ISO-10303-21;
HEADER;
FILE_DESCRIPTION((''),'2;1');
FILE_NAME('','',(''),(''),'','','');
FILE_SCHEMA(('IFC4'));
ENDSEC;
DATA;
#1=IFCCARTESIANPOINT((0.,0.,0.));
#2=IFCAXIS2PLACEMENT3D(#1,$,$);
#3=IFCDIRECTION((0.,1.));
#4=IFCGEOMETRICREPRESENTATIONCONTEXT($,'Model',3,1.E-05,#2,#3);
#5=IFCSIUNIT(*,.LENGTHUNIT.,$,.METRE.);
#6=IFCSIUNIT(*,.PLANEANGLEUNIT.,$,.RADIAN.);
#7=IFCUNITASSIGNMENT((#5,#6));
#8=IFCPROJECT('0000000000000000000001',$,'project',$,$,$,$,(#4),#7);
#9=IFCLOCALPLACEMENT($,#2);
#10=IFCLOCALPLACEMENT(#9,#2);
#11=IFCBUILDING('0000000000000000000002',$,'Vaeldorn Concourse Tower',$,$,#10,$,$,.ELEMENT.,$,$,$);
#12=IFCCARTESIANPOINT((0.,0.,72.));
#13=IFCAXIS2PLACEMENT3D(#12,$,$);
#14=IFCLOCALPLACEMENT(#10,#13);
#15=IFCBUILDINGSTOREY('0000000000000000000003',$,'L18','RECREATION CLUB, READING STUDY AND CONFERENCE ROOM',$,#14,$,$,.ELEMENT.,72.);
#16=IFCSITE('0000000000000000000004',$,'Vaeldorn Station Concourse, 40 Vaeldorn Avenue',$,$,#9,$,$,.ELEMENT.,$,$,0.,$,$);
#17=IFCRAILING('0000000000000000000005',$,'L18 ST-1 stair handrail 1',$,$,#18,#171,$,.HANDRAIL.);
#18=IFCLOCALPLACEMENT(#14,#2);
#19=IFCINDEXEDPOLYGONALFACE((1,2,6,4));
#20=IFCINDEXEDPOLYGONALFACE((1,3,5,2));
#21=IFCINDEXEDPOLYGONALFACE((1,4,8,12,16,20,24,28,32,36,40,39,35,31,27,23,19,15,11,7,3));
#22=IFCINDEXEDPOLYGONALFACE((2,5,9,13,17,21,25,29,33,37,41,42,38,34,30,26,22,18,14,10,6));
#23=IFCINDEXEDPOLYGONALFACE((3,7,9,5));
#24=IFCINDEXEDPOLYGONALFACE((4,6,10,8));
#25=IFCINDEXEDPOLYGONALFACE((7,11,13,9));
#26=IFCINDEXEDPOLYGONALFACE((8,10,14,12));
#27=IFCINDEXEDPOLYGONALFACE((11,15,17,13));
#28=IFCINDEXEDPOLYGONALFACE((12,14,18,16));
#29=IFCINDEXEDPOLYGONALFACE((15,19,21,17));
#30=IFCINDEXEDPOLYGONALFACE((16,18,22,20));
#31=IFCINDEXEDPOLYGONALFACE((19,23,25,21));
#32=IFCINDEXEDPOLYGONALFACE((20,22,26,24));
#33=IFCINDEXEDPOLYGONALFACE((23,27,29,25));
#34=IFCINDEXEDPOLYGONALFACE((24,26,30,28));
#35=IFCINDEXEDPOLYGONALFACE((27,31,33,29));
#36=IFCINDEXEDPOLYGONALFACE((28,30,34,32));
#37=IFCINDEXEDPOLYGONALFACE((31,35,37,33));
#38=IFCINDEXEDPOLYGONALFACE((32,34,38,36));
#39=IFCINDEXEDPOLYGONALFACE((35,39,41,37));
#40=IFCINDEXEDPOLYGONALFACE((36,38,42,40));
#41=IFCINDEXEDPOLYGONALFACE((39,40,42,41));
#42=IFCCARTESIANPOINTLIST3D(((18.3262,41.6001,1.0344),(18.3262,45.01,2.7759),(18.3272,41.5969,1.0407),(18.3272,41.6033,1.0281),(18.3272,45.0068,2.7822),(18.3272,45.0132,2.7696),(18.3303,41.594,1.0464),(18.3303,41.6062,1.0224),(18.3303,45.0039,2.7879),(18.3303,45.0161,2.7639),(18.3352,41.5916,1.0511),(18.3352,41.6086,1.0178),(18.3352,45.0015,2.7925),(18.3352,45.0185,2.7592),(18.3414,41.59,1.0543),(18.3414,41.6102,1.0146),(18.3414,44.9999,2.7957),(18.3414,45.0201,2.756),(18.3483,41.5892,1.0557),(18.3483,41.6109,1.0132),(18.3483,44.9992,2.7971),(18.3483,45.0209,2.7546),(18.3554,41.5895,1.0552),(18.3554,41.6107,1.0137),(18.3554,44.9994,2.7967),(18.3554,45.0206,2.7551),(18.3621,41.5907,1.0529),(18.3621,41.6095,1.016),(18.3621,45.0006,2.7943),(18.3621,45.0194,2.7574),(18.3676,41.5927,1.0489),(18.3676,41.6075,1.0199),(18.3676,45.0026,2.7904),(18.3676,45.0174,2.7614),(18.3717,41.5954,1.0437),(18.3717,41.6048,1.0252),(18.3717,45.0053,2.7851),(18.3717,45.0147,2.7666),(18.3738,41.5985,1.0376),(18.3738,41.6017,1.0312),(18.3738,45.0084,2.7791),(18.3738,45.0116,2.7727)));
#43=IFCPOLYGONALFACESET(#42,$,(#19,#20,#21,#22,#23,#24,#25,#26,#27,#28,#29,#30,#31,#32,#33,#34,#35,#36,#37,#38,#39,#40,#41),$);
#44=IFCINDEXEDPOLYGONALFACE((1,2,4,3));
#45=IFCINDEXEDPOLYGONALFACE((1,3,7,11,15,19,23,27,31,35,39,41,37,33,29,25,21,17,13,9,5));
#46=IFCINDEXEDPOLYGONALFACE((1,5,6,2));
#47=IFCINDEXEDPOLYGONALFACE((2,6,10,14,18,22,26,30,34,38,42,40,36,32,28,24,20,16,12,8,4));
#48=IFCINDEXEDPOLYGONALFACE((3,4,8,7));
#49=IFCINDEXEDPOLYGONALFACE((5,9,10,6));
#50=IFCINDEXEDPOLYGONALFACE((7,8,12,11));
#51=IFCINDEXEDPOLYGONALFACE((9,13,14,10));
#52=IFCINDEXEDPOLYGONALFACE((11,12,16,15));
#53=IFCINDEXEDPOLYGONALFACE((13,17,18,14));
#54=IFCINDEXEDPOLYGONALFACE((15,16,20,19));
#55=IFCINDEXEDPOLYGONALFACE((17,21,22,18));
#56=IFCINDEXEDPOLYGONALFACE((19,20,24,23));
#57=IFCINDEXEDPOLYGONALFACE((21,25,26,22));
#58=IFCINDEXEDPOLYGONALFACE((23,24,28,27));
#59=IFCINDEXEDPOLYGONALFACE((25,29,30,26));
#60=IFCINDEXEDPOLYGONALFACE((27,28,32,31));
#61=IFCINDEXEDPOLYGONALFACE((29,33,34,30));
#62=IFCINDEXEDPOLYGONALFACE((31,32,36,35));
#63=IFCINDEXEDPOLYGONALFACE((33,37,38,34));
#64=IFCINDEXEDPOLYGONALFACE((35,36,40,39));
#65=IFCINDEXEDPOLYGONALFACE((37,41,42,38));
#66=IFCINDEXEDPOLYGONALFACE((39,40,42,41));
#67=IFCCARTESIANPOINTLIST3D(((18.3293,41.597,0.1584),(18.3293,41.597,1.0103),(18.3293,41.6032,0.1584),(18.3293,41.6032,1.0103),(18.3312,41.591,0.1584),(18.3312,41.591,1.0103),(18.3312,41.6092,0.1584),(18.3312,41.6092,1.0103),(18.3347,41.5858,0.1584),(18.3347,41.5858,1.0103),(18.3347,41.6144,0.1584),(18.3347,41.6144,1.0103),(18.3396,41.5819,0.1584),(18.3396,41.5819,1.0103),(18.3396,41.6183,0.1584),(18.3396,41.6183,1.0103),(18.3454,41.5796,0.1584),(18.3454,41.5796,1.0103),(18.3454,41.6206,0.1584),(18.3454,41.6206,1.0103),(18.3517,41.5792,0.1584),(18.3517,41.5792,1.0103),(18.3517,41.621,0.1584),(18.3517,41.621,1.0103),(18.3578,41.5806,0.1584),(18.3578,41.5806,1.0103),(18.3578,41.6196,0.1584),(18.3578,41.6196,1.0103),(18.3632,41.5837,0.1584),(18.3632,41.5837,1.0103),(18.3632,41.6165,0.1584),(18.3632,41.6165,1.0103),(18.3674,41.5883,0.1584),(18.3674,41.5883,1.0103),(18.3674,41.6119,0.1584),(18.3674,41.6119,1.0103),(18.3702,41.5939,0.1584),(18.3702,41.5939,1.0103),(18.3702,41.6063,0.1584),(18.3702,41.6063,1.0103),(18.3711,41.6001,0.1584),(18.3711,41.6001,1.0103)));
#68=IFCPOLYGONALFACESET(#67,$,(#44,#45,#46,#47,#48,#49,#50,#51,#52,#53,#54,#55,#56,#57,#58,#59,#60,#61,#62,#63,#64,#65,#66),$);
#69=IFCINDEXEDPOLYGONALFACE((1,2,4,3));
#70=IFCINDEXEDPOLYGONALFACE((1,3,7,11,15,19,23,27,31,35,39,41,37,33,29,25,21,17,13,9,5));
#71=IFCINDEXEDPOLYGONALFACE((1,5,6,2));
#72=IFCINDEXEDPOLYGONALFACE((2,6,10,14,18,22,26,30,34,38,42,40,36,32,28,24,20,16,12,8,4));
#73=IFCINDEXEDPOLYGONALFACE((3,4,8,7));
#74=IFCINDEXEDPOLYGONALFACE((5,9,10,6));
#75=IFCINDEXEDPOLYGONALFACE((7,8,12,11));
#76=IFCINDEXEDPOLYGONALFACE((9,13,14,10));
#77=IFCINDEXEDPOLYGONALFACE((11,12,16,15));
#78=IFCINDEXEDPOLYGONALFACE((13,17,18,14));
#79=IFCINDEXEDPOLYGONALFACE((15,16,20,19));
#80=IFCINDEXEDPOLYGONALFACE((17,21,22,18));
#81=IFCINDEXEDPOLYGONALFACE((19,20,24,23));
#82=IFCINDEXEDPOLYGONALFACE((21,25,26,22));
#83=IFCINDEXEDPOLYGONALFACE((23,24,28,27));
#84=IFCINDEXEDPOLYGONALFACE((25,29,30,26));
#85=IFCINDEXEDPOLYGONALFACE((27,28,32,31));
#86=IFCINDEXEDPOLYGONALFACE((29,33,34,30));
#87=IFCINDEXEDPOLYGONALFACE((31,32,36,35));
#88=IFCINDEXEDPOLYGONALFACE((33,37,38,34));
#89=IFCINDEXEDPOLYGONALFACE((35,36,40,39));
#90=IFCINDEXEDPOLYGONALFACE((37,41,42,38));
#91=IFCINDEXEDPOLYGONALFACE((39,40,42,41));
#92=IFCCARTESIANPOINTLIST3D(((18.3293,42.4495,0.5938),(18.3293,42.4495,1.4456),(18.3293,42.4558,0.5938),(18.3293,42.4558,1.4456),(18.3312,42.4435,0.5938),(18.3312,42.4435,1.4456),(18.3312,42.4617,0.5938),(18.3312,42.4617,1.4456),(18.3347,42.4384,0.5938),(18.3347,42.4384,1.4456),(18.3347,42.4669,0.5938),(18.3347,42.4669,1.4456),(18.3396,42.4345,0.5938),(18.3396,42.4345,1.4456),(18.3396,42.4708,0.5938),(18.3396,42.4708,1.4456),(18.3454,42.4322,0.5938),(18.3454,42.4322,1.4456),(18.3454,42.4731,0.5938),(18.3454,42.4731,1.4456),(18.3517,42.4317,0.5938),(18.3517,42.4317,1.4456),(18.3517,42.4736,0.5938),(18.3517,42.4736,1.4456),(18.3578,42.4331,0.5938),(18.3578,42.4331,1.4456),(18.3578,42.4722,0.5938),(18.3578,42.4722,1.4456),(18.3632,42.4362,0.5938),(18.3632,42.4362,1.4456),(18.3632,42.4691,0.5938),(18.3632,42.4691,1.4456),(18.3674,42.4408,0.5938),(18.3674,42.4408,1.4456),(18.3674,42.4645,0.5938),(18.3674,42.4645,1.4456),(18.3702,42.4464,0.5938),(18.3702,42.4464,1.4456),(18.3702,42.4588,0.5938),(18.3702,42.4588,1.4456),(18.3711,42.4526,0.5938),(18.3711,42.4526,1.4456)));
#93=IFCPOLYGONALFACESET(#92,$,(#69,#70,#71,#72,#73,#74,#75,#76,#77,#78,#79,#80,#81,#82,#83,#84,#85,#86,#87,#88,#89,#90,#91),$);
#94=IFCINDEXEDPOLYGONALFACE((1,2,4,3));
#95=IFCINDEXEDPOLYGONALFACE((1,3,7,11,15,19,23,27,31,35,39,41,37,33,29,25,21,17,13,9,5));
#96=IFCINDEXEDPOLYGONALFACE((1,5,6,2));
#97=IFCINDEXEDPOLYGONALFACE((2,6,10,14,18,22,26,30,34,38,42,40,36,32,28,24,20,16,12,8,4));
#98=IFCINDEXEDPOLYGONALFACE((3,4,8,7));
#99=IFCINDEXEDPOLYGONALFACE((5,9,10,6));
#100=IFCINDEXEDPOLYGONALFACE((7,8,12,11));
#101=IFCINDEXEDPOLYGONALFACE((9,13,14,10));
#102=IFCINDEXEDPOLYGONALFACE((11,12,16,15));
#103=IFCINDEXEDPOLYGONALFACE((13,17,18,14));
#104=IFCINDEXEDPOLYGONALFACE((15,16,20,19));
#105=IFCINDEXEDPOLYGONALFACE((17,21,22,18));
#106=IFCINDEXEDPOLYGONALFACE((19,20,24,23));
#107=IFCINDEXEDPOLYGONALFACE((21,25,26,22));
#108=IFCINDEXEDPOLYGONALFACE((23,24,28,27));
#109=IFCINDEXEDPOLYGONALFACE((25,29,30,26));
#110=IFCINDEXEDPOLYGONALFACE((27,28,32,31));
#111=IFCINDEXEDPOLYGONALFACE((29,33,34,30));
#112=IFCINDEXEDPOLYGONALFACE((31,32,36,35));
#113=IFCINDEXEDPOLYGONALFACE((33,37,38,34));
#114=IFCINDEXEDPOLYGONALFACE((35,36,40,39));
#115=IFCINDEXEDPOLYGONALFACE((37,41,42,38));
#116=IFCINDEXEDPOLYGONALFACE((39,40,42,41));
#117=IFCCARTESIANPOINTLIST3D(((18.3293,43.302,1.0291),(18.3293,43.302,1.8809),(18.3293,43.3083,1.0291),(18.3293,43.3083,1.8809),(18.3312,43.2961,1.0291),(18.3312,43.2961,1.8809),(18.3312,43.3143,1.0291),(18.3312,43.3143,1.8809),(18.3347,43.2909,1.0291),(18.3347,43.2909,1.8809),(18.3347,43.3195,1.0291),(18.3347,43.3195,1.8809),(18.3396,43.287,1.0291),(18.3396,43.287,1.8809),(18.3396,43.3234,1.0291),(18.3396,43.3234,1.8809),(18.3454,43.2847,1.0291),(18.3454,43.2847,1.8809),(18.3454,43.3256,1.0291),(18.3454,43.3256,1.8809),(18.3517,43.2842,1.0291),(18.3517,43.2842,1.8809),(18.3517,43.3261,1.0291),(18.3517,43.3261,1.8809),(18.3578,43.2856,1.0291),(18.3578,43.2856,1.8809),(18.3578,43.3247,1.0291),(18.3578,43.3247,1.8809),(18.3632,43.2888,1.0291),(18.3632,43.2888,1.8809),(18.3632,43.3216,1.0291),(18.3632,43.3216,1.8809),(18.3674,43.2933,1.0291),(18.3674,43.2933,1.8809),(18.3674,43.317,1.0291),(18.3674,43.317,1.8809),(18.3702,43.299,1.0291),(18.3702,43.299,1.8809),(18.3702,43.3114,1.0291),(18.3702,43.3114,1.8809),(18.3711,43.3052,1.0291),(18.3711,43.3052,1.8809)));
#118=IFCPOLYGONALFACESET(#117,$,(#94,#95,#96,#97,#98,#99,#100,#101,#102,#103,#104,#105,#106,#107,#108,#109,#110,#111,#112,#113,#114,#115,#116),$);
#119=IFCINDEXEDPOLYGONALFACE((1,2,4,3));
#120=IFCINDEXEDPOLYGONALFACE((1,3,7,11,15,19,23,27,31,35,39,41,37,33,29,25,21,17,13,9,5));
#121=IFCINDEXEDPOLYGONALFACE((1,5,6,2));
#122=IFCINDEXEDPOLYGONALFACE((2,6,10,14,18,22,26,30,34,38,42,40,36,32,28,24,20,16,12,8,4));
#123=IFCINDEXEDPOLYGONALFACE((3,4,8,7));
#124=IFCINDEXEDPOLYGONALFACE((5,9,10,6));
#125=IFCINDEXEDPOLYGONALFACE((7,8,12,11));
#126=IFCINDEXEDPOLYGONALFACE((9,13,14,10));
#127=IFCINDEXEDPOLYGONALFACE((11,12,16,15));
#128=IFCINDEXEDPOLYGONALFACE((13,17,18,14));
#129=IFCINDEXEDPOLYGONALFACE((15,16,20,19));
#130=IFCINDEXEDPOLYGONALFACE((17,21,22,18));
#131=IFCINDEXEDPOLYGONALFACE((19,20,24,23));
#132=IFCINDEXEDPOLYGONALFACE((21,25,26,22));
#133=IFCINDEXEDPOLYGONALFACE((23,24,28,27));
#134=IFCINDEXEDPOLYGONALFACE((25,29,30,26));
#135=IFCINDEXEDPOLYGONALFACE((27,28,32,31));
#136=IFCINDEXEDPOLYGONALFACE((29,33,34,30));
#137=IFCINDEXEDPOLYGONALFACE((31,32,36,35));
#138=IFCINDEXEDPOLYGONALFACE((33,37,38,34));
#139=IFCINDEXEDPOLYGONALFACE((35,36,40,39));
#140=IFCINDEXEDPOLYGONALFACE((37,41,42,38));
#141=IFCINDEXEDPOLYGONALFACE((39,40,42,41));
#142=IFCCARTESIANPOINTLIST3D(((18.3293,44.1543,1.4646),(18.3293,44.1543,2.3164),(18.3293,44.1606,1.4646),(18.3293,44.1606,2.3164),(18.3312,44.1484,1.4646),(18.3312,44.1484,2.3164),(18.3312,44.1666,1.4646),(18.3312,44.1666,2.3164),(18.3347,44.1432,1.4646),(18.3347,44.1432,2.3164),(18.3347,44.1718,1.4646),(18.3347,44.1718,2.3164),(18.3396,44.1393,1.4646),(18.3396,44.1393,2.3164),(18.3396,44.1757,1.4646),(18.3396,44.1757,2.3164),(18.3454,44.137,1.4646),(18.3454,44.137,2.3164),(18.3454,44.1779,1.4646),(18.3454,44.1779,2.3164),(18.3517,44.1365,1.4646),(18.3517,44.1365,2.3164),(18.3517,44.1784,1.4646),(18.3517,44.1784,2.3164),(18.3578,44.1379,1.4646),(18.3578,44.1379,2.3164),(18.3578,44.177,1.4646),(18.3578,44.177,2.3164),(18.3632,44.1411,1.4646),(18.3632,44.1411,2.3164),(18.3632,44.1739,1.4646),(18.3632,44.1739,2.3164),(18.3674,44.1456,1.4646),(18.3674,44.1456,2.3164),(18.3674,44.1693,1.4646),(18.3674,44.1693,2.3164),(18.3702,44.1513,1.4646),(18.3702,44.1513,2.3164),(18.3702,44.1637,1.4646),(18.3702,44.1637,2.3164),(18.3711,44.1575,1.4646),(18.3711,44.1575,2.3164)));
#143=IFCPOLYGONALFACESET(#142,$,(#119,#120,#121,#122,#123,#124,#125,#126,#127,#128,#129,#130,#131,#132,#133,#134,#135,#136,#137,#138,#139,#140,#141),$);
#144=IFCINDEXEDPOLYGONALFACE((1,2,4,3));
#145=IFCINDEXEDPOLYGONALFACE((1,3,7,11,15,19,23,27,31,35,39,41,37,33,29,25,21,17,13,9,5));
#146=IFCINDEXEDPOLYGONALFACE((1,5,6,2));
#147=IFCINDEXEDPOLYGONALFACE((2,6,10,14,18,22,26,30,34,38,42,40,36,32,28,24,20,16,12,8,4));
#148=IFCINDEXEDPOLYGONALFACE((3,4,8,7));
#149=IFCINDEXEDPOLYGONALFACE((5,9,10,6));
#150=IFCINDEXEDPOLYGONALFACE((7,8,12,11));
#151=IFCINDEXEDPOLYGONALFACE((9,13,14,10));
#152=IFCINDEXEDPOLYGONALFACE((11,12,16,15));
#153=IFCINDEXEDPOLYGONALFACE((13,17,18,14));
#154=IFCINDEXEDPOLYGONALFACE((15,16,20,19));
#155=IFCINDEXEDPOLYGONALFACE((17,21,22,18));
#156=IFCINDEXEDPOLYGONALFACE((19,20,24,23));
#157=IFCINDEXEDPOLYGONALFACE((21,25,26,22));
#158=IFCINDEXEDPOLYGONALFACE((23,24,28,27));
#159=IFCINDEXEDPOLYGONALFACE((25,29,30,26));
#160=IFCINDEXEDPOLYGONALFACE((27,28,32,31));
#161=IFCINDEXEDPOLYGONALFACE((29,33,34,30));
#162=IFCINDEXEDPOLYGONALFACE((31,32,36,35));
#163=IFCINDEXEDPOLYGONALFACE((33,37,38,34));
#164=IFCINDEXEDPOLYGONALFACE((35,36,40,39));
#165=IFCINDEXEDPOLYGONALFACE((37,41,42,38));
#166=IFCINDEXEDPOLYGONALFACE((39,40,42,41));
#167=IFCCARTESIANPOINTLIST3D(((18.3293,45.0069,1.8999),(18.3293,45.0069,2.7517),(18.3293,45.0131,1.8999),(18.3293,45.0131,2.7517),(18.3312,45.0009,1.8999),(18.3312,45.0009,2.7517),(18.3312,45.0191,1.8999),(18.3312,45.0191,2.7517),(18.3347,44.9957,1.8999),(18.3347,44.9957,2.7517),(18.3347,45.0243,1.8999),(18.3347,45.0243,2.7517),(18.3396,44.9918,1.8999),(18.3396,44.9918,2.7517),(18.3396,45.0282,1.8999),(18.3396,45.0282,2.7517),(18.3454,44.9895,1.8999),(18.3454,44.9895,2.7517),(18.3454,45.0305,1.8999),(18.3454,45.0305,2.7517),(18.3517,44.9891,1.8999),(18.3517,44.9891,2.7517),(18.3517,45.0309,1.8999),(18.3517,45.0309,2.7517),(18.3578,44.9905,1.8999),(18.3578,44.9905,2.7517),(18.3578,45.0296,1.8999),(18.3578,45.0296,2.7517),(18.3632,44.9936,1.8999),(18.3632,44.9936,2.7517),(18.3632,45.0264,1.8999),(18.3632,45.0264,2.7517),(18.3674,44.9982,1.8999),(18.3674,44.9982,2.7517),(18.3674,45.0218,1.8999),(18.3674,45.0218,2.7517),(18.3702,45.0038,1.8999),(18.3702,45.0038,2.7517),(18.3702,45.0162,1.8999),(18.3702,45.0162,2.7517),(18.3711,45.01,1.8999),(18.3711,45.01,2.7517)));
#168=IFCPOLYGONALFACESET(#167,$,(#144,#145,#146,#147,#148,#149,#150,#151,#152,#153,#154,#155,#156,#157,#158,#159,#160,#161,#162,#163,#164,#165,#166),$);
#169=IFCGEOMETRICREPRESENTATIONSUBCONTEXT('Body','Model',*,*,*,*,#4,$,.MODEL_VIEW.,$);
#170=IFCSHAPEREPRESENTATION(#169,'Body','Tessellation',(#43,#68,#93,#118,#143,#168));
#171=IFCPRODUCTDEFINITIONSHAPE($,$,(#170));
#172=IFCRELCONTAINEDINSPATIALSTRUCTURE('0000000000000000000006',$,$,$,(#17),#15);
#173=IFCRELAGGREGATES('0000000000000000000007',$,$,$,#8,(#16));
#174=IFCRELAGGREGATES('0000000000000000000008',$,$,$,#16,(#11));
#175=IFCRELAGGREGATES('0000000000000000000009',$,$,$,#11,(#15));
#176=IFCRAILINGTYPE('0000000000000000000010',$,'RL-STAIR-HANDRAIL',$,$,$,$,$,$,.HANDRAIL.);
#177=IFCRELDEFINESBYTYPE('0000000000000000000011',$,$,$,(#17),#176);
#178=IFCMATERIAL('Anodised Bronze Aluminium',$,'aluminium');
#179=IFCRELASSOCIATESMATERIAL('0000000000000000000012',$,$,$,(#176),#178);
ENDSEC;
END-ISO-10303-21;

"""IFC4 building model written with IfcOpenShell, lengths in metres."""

from ifc_helpers import new_model, si_unit, direction, frame, origin, origin_2d, place, context, subcontext, project, spatial, circle, extrude, material, type_object, element, save


model = new_model("IFC4")

# Units and contexts
model_context = context("Model", 3, precision=1e-05, world=origin(), true_north=direction((0.0, 1.0)))
body_context = subcontext(model_context, "Body", "Model", "MODEL_VIEW")
ifc_project = project(units=[si_unit("LENGTHUNIT", "METRE"), si_unit("PLANEANGLEUNIT", "RADIAN")], contexts=[model_context])

# Site, building, storey
site_placement = place(None, origin())
site = spatial("IfcSite", under=ifc_project, at=site_placement, Name="Vaeldorn Station Concourse, 40 Vaeldorn Avenue", CompositionType="ELEMENT", RefElevation=0.0)
building_placement = place(site_placement, origin())
building = spatial("IfcBuilding", under=site, at=building_placement, Name="Vaeldorn Concourse Tower", CompositionType="ELEMENT")
storey_placement = place(building_placement, frame((0.0, 0.0, 72.0)))
storey = spatial("IfcBuildingStorey", under=building, at=storey_placement, Name="L18", Description="RECREATION CLUB, READING STUDY AND CONFERENCE ROOM", CompositionType="ELEMENT", Elevation=72.0)

# Shared definitions
ifc_material_1 = material(Name="Anodised Bronze Aluminium", Category="aluminium")

# Railing
railing_type_1 = type_object("IfcRailingType", Name="RL-STAIR-HANDRAIL", PredefinedType="HANDRAIL", material=ifc_material_1)
railing_1_placement = place(storey_placement, frame((18.3501, 41.6001, 0.1584)))
element("IfcRailing", 1, at=railing_1_placement, inside=storey, type_object=railing_type_1, Name="L18 ST-1 stair handrail 1", PredefinedType="HANDRAIL", context=body_context, shape_type="SweptSolid", body=[
    extrude(circle(Radius=0.0239, at=origin_2d()), frame((0.0, 0.0, 0.876), z_axis=(0.0, 0.890582, 0.454823), x_axis=(-1.0, 0.0, 0.0)), (0.0, 0.0, 1.0), 3.8289),
    extrude(circle(Radius=0.021, at=origin_2d()), origin(), (0.0, 0.0, 1.0), 0.8518),
    extrude(circle(Radius=0.021, at=origin_2d()), frame((0.0, 0.8525, 0.4353)), (0.0, 0.0, 1.0), 0.8518),
    extrude(circle(Radius=0.021, at=origin_2d()), frame((0.0, 1.7051, 0.8706)), (0.0, 0.0, 1.0), 0.8518),
    extrude(circle(Radius=0.021, at=origin_2d()), frame((0.0, 2.5574, 1.3062)), (0.0, 0.0, 1.0), 0.8518),
    extrude(circle(Radius=0.021, at=origin_2d()), frame((0.0, 3.4099, 1.7415)), (0.0, 0.0, 1.0), 0.8518),
])

save(model, "model.ifc")
